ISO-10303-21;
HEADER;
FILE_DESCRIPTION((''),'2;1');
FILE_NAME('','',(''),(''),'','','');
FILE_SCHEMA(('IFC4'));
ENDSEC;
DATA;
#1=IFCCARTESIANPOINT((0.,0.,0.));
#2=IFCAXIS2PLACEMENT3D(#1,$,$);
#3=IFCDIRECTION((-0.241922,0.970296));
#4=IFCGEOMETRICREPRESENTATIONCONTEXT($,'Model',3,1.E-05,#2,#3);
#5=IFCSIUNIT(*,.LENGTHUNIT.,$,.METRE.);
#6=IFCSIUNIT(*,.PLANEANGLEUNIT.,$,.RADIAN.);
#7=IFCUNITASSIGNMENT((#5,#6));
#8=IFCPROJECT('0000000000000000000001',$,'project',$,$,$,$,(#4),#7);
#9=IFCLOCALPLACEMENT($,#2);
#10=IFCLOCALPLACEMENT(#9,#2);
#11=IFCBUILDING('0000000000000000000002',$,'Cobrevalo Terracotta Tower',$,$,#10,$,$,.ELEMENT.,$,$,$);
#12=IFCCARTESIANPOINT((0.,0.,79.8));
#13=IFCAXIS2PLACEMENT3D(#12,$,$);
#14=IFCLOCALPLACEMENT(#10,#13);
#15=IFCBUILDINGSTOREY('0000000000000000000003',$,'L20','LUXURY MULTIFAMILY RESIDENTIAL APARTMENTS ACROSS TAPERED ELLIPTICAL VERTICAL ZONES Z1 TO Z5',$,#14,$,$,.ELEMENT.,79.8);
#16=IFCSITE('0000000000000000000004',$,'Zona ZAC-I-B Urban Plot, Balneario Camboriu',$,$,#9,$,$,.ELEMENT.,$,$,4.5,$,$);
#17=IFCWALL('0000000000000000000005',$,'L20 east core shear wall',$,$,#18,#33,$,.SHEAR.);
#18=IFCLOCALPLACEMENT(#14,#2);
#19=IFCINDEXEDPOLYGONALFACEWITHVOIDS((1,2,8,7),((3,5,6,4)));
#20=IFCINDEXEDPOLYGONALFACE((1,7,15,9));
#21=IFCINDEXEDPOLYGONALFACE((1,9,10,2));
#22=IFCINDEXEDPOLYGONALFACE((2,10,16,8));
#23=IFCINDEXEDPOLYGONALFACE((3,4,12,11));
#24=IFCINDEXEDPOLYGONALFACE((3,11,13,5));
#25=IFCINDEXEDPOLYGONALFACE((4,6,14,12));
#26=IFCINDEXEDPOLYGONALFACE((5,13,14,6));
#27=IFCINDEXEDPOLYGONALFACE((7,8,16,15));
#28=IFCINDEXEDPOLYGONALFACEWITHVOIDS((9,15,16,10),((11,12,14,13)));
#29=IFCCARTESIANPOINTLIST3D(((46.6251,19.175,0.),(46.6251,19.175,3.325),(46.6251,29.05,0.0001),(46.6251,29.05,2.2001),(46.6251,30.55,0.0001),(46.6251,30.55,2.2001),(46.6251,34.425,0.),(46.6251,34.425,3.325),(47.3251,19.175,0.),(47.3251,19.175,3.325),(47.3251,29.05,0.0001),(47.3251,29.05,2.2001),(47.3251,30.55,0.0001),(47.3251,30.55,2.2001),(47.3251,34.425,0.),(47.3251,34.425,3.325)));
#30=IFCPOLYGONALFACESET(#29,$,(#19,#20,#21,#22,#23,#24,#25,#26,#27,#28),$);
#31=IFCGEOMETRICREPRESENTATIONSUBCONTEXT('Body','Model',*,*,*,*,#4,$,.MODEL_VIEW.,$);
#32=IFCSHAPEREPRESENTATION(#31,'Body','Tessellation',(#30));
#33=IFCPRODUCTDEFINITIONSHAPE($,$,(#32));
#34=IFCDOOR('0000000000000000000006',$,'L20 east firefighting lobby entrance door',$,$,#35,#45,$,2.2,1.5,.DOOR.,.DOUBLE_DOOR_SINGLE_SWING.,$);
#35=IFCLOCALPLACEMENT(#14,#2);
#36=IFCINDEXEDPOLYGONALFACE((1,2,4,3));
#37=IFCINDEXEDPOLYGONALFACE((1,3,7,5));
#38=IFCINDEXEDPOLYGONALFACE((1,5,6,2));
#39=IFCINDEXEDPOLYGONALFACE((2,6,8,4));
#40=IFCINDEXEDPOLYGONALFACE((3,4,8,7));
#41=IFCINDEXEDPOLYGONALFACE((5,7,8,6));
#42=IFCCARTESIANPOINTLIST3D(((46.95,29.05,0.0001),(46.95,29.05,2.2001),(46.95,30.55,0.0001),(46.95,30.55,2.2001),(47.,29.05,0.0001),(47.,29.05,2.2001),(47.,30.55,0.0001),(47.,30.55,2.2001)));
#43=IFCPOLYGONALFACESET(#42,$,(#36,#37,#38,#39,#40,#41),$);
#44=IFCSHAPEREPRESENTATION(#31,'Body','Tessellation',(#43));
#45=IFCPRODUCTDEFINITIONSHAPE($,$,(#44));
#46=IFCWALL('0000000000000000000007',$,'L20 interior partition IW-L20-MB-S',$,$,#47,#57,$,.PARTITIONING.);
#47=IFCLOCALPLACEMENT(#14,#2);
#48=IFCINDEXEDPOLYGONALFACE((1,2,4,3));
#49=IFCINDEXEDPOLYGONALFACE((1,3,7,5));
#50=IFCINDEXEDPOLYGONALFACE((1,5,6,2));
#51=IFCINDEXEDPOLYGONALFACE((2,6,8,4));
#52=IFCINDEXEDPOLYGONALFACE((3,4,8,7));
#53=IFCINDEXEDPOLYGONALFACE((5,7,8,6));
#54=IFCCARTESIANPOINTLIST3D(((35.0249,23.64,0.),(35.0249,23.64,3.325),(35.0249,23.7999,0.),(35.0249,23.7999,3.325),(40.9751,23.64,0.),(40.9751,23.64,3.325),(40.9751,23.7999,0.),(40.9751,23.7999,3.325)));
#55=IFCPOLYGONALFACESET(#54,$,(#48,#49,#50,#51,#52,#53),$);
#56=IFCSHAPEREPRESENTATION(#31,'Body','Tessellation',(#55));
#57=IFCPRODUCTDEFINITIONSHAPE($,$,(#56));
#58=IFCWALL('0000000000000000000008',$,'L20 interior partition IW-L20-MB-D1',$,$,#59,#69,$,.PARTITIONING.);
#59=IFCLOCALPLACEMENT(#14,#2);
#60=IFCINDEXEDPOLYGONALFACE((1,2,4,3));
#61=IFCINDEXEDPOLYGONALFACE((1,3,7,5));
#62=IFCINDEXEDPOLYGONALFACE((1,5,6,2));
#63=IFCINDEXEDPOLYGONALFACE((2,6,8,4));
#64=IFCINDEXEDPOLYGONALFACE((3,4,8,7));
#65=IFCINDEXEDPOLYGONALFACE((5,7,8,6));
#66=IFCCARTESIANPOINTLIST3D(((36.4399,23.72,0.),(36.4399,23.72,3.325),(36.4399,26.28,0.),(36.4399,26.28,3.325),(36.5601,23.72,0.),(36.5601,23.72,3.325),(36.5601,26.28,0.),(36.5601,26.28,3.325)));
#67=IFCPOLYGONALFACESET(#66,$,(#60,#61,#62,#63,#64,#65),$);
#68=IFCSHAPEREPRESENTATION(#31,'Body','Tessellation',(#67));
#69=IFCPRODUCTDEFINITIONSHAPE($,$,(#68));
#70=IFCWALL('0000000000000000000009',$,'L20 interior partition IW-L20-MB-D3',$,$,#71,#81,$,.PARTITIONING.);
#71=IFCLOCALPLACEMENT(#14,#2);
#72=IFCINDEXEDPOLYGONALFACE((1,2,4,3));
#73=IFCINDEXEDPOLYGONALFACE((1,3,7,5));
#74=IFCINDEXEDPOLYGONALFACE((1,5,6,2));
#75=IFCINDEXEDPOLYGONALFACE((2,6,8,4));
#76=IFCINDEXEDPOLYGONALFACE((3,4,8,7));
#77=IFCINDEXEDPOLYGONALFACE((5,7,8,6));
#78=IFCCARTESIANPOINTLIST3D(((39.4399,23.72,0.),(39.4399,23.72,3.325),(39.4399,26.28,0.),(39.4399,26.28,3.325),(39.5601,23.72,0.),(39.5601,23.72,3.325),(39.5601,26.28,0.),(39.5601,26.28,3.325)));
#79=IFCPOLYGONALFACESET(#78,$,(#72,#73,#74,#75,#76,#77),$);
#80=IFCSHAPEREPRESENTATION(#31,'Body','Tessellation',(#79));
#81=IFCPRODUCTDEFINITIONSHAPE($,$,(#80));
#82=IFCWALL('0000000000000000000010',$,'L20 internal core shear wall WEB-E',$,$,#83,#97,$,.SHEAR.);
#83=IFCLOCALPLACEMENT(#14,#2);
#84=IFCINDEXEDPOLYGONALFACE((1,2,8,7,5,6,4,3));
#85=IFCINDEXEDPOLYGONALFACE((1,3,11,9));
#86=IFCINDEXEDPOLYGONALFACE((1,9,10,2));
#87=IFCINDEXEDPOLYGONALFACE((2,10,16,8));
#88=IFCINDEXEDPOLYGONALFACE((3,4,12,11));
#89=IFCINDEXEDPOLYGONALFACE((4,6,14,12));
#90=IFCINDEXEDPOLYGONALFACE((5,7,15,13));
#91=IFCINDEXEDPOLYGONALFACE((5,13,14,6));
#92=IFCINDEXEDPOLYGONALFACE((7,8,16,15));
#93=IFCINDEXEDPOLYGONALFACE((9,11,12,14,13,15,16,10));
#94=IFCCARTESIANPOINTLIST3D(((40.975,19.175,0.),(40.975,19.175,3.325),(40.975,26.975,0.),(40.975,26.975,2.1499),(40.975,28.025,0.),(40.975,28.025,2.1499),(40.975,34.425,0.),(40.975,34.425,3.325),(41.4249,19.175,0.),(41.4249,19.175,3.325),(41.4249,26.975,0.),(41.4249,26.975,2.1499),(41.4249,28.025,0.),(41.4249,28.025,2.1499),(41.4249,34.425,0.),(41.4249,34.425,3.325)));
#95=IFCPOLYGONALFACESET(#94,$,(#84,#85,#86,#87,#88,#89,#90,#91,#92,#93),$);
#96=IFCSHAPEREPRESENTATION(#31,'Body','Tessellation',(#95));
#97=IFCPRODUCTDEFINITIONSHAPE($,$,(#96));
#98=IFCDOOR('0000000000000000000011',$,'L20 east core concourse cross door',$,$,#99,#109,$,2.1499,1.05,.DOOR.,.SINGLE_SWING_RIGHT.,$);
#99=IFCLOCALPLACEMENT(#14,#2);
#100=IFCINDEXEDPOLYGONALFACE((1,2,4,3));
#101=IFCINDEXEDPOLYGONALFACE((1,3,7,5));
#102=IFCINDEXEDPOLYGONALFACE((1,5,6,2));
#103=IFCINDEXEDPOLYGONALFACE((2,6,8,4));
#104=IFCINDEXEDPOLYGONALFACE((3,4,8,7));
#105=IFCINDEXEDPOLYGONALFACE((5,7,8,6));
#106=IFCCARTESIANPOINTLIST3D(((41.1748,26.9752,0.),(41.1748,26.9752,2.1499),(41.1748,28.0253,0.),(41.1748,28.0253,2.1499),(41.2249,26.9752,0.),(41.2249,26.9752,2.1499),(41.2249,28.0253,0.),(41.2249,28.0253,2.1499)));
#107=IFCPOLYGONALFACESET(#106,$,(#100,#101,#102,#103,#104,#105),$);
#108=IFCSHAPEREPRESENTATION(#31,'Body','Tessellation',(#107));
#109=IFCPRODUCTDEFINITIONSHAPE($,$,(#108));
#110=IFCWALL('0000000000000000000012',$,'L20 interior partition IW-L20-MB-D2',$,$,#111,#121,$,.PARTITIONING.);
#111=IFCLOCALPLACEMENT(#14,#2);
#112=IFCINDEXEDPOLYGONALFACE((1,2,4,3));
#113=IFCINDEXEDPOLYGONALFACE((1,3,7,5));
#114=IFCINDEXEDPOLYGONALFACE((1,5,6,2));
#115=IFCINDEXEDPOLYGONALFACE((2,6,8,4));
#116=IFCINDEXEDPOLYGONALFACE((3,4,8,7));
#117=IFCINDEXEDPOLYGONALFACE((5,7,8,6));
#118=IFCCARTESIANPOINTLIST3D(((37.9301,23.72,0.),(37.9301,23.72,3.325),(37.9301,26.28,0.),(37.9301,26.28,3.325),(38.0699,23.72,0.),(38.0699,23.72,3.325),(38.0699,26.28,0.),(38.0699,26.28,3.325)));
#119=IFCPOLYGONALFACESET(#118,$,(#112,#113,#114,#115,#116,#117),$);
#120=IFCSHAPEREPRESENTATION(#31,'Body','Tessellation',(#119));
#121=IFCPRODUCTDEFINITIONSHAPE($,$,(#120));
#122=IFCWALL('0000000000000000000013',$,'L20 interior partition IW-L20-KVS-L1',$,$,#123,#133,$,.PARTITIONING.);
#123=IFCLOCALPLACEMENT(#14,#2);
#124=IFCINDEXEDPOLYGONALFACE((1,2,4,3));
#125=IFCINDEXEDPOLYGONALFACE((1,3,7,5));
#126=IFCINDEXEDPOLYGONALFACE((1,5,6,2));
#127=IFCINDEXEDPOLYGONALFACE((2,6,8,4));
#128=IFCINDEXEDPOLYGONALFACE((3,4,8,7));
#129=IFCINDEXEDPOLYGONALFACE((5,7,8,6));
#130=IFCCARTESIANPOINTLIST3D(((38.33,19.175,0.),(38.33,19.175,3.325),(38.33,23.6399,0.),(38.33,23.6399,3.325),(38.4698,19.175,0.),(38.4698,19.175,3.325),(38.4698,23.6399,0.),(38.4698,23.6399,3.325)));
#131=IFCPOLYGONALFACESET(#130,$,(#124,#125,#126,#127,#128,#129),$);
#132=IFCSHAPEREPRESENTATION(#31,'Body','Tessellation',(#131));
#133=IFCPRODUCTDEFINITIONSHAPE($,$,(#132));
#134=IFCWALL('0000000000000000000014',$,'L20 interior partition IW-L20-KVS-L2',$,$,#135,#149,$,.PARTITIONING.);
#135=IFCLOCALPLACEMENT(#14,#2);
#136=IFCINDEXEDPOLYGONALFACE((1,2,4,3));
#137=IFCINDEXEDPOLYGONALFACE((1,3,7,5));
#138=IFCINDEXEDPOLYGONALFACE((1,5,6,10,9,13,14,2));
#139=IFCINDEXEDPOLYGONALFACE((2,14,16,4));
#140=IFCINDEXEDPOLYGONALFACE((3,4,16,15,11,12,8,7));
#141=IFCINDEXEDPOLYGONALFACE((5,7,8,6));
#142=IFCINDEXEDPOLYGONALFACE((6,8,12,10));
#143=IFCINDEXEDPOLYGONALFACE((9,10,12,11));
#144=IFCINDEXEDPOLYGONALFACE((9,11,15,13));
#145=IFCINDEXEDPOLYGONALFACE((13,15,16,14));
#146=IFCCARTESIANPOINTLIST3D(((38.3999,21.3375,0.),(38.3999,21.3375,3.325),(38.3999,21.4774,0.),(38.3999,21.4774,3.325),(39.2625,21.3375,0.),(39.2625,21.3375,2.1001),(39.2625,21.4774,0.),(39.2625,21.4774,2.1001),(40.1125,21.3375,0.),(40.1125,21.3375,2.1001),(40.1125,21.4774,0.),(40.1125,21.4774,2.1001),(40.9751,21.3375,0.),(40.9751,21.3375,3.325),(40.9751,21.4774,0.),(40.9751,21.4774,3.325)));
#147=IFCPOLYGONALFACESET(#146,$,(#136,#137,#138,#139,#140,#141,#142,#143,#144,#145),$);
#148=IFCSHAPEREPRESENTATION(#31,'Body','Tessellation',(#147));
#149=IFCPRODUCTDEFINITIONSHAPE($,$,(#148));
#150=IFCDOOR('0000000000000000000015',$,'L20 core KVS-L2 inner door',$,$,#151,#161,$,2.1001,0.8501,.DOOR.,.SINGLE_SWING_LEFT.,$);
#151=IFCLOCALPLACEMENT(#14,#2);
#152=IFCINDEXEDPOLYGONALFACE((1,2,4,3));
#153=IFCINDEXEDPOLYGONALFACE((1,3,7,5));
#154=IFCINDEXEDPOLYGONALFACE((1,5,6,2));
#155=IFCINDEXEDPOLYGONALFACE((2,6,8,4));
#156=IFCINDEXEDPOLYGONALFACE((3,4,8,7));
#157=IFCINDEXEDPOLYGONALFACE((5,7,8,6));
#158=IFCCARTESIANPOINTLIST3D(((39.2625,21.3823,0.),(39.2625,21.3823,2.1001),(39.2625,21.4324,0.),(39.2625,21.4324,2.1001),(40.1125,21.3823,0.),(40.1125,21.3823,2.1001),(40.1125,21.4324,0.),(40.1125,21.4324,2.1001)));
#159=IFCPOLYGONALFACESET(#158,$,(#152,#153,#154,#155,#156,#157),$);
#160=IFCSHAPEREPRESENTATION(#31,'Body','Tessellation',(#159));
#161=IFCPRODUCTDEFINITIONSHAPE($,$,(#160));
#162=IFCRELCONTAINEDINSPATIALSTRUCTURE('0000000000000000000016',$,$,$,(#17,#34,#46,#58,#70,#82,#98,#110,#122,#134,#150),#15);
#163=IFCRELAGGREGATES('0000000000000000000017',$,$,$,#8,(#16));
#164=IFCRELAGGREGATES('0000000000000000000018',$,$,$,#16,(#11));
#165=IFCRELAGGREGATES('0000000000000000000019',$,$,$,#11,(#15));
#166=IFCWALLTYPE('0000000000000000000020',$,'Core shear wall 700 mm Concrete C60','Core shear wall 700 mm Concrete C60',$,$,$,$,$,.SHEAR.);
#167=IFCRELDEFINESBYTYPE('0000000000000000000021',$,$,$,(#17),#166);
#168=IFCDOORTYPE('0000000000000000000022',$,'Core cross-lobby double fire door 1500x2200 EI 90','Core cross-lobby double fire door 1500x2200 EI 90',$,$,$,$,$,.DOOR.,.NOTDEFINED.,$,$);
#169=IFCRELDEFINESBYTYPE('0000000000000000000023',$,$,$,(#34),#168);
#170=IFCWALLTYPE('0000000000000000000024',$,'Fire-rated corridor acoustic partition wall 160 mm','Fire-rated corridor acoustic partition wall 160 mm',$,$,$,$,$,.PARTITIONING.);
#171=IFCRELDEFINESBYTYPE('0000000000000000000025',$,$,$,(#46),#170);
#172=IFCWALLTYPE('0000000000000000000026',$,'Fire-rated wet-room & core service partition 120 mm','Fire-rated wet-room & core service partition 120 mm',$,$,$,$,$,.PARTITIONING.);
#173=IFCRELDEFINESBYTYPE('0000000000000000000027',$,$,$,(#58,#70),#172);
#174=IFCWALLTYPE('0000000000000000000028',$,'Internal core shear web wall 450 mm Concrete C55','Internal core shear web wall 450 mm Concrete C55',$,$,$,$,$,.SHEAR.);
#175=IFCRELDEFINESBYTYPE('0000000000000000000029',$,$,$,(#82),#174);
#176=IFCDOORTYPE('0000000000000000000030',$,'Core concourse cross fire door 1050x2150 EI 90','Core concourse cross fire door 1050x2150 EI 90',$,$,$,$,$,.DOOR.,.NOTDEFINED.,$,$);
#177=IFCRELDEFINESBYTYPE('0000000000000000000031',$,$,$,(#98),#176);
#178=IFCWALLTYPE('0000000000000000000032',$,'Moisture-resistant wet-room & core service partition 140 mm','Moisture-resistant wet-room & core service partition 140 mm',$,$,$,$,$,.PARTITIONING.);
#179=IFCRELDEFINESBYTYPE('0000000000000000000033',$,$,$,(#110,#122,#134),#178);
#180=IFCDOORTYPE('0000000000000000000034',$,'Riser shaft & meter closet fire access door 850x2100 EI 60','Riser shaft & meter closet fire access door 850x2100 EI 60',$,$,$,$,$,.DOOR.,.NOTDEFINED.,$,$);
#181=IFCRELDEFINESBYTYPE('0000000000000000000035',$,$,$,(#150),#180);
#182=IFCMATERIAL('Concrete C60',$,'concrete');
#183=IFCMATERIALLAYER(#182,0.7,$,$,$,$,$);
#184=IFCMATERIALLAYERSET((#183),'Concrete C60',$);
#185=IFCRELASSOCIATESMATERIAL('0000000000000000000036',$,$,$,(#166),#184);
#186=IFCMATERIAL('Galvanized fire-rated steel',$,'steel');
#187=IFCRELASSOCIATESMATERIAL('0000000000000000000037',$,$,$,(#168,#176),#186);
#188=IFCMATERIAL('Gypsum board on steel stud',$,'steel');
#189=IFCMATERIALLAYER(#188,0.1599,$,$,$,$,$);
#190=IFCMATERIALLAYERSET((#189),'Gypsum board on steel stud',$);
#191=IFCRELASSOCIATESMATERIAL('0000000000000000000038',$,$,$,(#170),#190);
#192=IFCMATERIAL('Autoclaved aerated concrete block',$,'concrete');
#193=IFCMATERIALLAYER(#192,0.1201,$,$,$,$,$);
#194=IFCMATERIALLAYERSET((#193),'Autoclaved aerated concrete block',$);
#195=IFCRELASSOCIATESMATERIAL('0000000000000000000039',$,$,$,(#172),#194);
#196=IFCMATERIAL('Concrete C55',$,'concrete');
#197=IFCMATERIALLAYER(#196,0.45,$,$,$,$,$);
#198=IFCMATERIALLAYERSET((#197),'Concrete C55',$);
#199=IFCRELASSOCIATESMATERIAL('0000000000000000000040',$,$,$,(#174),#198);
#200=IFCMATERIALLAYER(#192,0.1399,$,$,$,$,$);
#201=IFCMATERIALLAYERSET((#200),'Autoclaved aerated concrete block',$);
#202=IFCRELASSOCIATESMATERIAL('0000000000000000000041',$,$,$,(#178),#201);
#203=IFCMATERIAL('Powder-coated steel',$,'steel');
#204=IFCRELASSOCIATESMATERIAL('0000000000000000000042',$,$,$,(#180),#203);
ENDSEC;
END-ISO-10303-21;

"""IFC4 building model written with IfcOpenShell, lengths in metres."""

from ifc_helpers import new_model, si_unit, direction, frame, frame_2d, origin, place, context, subcontext, project, spatial, rectangle, extrude, source, transform, mapped, material, layer, layer_set, type_object, element, fill, save


model = new_model("IFC4")

# Units and contexts
model_context = context("Model", 3, precision=1e-05, world=origin(), true_north=direction((-0.241922, 0.970296)))
body_context = subcontext(model_context, "Body", "Model", "MODEL_VIEW")
ifc_project = project(units=[si_unit("LENGTHUNIT", "METRE"), si_unit("PLANEANGLEUNIT", "RADIAN")], contexts=[model_context])

# Site, building, storey
site_placement = place(None, origin())
site = spatial("IfcSite", under=ifc_project, at=site_placement, Name="Zona ZAC-I-B Urban Plot, Balneario Camboriu", CompositionType="ELEMENT", RefElevation=4.5)
building_placement = place(site_placement, origin())
building = spatial("IfcBuilding", under=site, at=building_placement, Name="Cobrevalo Terracotta Tower", CompositionType="ELEMENT")
storey_placement = place(building_placement, frame((0.0, 0.0, 79.8)))
storey = spatial("IfcBuildingStorey", under=building, at=storey_placement, Name="L20", Description="LUXURY MULTIFAMILY RESIDENTIAL APARTMENTS ACROSS TAPERED ELLIPTICAL VERTICAL ZONES Z1 TO Z5", CompositionType="ELEMENT", Elevation=79.8)

# Wall, opening, door
ifc_material_1 = material(Name="Concrete C60", Category="concrete")
ifc_layer_1 = layer(ifc_material_1, 0.7)
ifc_layer_set_1 = layer_set([ifc_layer_1], Name="Concrete C60")
wall_type_1 = type_object("IfcWallType", Name="Core shear wall 700 mm Concrete C60", Description="Core shear wall 700 mm Concrete C60", PredefinedType="SHEAR", material=ifc_layer_set_1)
wall_1_placement = place(storey_placement, frame((46.9751, 19.175, 0.0), z_axis=(0.0, 0.0, 1.0), x_axis=(0.0, 1.0, 0.0)))
wall_1 = element("IfcWall", 1, at=wall_1_placement, inside=storey, type_object=wall_type_1, Name="L20 east core shear wall", PredefinedType="SHEAR", context=body_context, shape_type="SweptSolid", body=[
    extrude(rectangle(XDim=15.25, YDim=0.7, at=frame_2d((7.625, 0.0))), origin(), (0.0, 0.0, 1.0), 3.325),
])
opening_1_placement = place(wall_1_placement, frame((9.875, 0.0, 0.0)))
opening_1 = element("IfcOpeningElement", 2, at=opening_1_placement, cuts=wall_1, PredefinedType="OPENING", context=body_context, shape_type="SweptSolid", body=[
    extrude(rectangle(XDim=1.5, YDim=2.2, at=frame_2d((0.75, 1.1001))), frame((0.0, 0.3599, 0.0), z_axis=(0.0, -1.0, 0.0), x_axis=(1.0, 0.0, 0.0)), (0.0, 0.0, 1.0), 0.72),
])
ifc_material_2 = material(Name="Galvanized fire-rated steel", Category="steel")
door_type_1 = type_object("IfcDoorType", Name="Core cross-lobby double fire door 1500x2200 EI 90", Description="Core cross-lobby double fire door 1500x2200 EI 90", OperationType="NOTDEFINED", PredefinedType="DOOR", material=ifc_material_2)
shared_shape_1 = source(origin(), body_context, "Body", "SweptSolid", [
    extrude(rectangle(XDim=1.5, YDim=2.2, at=frame_2d((0.75, 1.1001))), frame((0.0, 0.0249, 0.0), z_axis=(0.0, -1.0, 0.0), x_axis=(1.0, 0.0, 0.0)), (0.0, 0.0, 1.0), 0.05),
])
door_1_placement = place(opening_1_placement, frame((1.5, 0.0, 0.0), z_axis=(0.0, 0.0, 1.0), x_axis=(-1.0, 0.0, 0.0)))
door_1 = element("IfcDoor", 3, at=door_1_placement, inside=storey, type_object=door_type_1, Name="L20 east firefighting lobby entrance door", OperationType="DOUBLE_DOOR_SINGLE_SWING", OverallHeight=2.2, OverallWidth=1.5, PredefinedType="DOOR", context=body_context, shape_type="MappedRepresentation", body=[
    mapped(shared_shape_1, transform((0.0, 0.0, 0.0), scale=1.0)),
])
fill(opening_1, door_1)

# Walls
ifc_material_3 = material(Name="Gypsum board on steel stud", Category="steel")
ifc_layer_2 = layer(ifc_material_3, 0.1599)
ifc_layer_set_2 = layer_set([ifc_layer_2], Name="Gypsum board on steel stud")
wall_type_2 = type_object("IfcWallType", Name="Fire-rated corridor acoustic partition wall 160 mm", Description="Fire-rated corridor acoustic partition wall 160 mm", PredefinedType="PARTITIONING", material=ifc_layer_set_2)
wall_2_placement = place(storey_placement, frame((35.0249, 23.72, 0.0), z_axis=(0.0, 0.0, 1.0), x_axis=(1.0, 0.0, 0.0)))
element("IfcWall", 4, at=wall_2_placement, inside=storey, type_object=wall_type_2, Name="L20 interior partition IW-L20-MB-S", PredefinedType="PARTITIONING", context=body_context, shape_type="SweptSolid", body=[
    extrude(rectangle(XDim=5.9502, YDim=0.1599, at=frame_2d((2.9751, 0.0))), origin(), (0.0, 0.0, 1.0), 3.325),
])
ifc_material_4 = material(Name="Autoclaved aerated concrete block", Category="concrete")
ifc_layer_3 = layer(ifc_material_4, 0.1201)
ifc_layer_set_3 = layer_set([ifc_layer_3], Name="Autoclaved aerated concrete block")
wall_type_3 = type_object("IfcWallType", Name="Fire-rated wet-room & core service partition 120 mm", Description="Fire-rated wet-room & core service partition 120 mm", PredefinedType="PARTITIONING", material=ifc_layer_set_3)
for number, where, z_axis, x_axis, name in (
    (5, (36.5, 23.72, 0.0), (0.0, 0.0, 1.0), (0.0, 1.0, 0.0), "L20 interior partition IW-L20-MB-D1"),
    (6, (39.5, 23.72, 0.0), (0.0, 0.0, 1.0), (0.0, 1.0, 0.0), "L20 interior partition IW-L20-MB-D3"),
):
    element("IfcWall", number, at=place(storey_placement, frame(where, z_axis=z_axis, x_axis=x_axis)), inside=storey, type_object=wall_type_3, Name=name, PredefinedType="PARTITIONING", context=body_context, shape_type="SweptSolid", body=[
        extrude(rectangle(XDim=2.5601, YDim=0.1201, at=frame_2d((1.28, 0.0))), origin(), (0.0, 0.0, 1.0), 3.325),
    ])

# Wall, opening, door
ifc_material_5 = material(Name="Concrete C55", Category="concrete")
ifc_layer_4 = layer(ifc_material_5, 0.45)
ifc_layer_set_4 = layer_set([ifc_layer_4], Name="Concrete C55")
wall_type_4 = type_object("IfcWallType", Name="Internal core shear web wall 450 mm Concrete C55", Description="Internal core shear web wall 450 mm Concrete C55", PredefinedType="SHEAR", material=ifc_layer_set_4)
wall_3_placement = place(storey_placement, frame((41.2, 19.175, 0.0), z_axis=(0.0, 0.0, 1.0), x_axis=(0.0, 1.0, 0.0)))
wall_3 = element("IfcWall", 7, at=wall_3_placement, inside=storey, type_object=wall_type_4, Name="L20 internal core shear wall WEB-E", PredefinedType="SHEAR", context=body_context, shape_type="SweptSolid", body=[
    extrude(rectangle(XDim=15.25, YDim=0.45, at=frame_2d((7.625, 0.0))), origin(), (0.0, 0.0, 1.0), 3.325),
])
opening_2_placement = place(wall_3_placement, frame((7.8, 0.0, 0.0)))
opening_2 = element("IfcOpeningElement", 8, at=opening_2_placement, cuts=wall_3, PredefinedType="OPENING", context=body_context, shape_type="SweptSolid", body=[
    extrude(rectangle(XDim=1.05, YDim=2.1499, at=frame_2d((0.5249, 1.075))), frame((0.0, 0.2349, 0.0), z_axis=(0.0, -1.0, 0.0), x_axis=(1.0, 0.0, 0.0)), (0.0, 0.0, 1.0), 0.47),
])
door_type_2 = type_object("IfcDoorType", Name="Core concourse cross fire door 1050x2150 EI 90", Description="Core concourse cross fire door 1050x2150 EI 90", OperationType="NOTDEFINED", PredefinedType="DOOR", material=ifc_material_2)
shared_shape_2 = source(origin(), body_context, "Body", "SweptSolid", [
    extrude(rectangle(XDim=1.05, YDim=2.1499, at=frame_2d((0.5249, 1.075))), frame((0.0, 0.0249, 0.0), z_axis=(0.0, -1.0, 0.0), x_axis=(1.0, 0.0, 0.0)), (0.0, 0.0, 1.0), 0.05),
])
door_2_placement = place(opening_2_placement, frame((1.05, 0.0, 0.0), z_axis=(0.0, 0.0, 1.0), x_axis=(-1.0, 0.0, 0.0)))
door_2 = element("IfcDoor", 9, at=door_2_placement, inside=storey, type_object=door_type_2, Name="L20 east core concourse cross door", OperationType="SINGLE_SWING_RIGHT", OverallHeight=2.1499, OverallWidth=1.05, PredefinedType="DOOR", context=body_context, shape_type="MappedRepresentation", body=[
    mapped(shared_shape_2, transform((0.0, 0.0, 0.0), scale=1.0)),
])
fill(opening_2, door_2)

# Walls
ifc_layer_5 = layer(ifc_material_4, 0.1399)
ifc_layer_set_5 = layer_set([ifc_layer_5], Name="Autoclaved aerated concrete block")
wall_type_5 = type_object("IfcWallType", Name="Moisture-resistant wet-room & core service partition 140 mm", Description="Moisture-resistant wet-room & core service partition 140 mm", PredefinedType="PARTITIONING", material=ifc_layer_set_5)
wall_4_placement = place(storey_placement, frame((38.0, 23.72, 0.0), z_axis=(0.0, 0.0, 1.0), x_axis=(0.0, 1.0, 0.0)))
element("IfcWall", 10, at=wall_4_placement, inside=storey, type_object=wall_type_5, Name="L20 interior partition IW-L20-MB-D2", PredefinedType="PARTITIONING", context=body_context, shape_type="SweptSolid", body=[
    extrude(rectangle(XDim=2.5601, YDim=0.1399, at=frame_2d((1.28, 0.0))), origin(), (0.0, 0.0, 1.0), 3.325),
])
wall_5_placement = place(storey_placement, frame((38.3999, 19.175, 0.0), z_axis=(0.0, 0.0, 1.0), x_axis=(0.0, 1.0, 0.0)))
element("IfcWall", 11, at=wall_5_placement, inside=storey, type_object=wall_type_5, Name="L20 interior partition IW-L20-KVS-L1", PredefinedType="PARTITIONING", context=body_context, shape_type="SweptSolid", body=[
    extrude(rectangle(XDim=4.4648, YDim=0.1399, at=frame_2d((2.2324, 0.0))), origin(), (0.0, 0.0, 1.0), 3.325),
])

# Wall, opening, door
wall_6_placement = place(storey_placement, frame((38.3999, 21.4075, 0.0), z_axis=(0.0, 0.0, 1.0), x_axis=(1.0, 0.0, 0.0)))
wall_6 = element("IfcWall", 12, at=wall_6_placement, inside=storey, type_object=wall_type_5, Name="L20 interior partition IW-L20-KVS-L2", PredefinedType="PARTITIONING", context=body_context, shape_type="SweptSolid", body=[
    extrude(rectangle(XDim=2.5752, YDim=0.1399, at=frame_2d((1.2876, 0.0))), origin(), (0.0, 0.0, 1.0), 3.325),
])
opening_3_placement = place(wall_6_placement, frame((0.8625, 0.0, 0.0)))
opening_3 = element("IfcOpeningElement", 13, at=opening_3_placement, cuts=wall_6, PredefinedType="OPENING", context=body_context, shape_type="SweptSolid", body=[
    extrude(rectangle(XDim=0.8501, YDim=2.1001, at=frame_2d((0.425, 1.05))), frame((0.0, 0.0801, 0.0), z_axis=(0.0, -1.0, 0.0), x_axis=(1.0, 0.0, 0.0)), (0.0, 0.0, 1.0), 0.1599),
])
ifc_material_6 = material(Name="Powder-coated steel", Category="steel")
door_type_3 = type_object("IfcDoorType", Name="Riser shaft & meter closet fire access door 850x2100 EI 60", Description="Riser shaft & meter closet fire access door 850x2100 EI 60", OperationType="NOTDEFINED", PredefinedType="DOOR", material=ifc_material_6)
shared_shape_3 = source(origin(), body_context, "Body", "SweptSolid", [
    extrude(rectangle(XDim=0.8501, YDim=2.1001, at=frame_2d((0.425, 1.05))), frame((0.0, 0.0249, 0.0), z_axis=(0.0, -1.0, 0.0), x_axis=(1.0, 0.0, 0.0)), (0.0, 0.0, 1.0), 0.05),
])
door_3_placement = place(opening_3_placement, origin())
door_3 = element("IfcDoor", 14, at=door_3_placement, inside=storey, type_object=door_type_3, Name="L20 core KVS-L2 inner door", OperationType="SINGLE_SWING_LEFT", OverallHeight=2.1001, OverallWidth=0.8501, PredefinedType="DOOR", context=body_context, shape_type="MappedRepresentation", body=[
    mapped(shared_shape_3, transform((0.0, 0.0, 0.0), scale=1.0)),
])
fill(opening_3, door_3)

save(model, "model.ifc")
